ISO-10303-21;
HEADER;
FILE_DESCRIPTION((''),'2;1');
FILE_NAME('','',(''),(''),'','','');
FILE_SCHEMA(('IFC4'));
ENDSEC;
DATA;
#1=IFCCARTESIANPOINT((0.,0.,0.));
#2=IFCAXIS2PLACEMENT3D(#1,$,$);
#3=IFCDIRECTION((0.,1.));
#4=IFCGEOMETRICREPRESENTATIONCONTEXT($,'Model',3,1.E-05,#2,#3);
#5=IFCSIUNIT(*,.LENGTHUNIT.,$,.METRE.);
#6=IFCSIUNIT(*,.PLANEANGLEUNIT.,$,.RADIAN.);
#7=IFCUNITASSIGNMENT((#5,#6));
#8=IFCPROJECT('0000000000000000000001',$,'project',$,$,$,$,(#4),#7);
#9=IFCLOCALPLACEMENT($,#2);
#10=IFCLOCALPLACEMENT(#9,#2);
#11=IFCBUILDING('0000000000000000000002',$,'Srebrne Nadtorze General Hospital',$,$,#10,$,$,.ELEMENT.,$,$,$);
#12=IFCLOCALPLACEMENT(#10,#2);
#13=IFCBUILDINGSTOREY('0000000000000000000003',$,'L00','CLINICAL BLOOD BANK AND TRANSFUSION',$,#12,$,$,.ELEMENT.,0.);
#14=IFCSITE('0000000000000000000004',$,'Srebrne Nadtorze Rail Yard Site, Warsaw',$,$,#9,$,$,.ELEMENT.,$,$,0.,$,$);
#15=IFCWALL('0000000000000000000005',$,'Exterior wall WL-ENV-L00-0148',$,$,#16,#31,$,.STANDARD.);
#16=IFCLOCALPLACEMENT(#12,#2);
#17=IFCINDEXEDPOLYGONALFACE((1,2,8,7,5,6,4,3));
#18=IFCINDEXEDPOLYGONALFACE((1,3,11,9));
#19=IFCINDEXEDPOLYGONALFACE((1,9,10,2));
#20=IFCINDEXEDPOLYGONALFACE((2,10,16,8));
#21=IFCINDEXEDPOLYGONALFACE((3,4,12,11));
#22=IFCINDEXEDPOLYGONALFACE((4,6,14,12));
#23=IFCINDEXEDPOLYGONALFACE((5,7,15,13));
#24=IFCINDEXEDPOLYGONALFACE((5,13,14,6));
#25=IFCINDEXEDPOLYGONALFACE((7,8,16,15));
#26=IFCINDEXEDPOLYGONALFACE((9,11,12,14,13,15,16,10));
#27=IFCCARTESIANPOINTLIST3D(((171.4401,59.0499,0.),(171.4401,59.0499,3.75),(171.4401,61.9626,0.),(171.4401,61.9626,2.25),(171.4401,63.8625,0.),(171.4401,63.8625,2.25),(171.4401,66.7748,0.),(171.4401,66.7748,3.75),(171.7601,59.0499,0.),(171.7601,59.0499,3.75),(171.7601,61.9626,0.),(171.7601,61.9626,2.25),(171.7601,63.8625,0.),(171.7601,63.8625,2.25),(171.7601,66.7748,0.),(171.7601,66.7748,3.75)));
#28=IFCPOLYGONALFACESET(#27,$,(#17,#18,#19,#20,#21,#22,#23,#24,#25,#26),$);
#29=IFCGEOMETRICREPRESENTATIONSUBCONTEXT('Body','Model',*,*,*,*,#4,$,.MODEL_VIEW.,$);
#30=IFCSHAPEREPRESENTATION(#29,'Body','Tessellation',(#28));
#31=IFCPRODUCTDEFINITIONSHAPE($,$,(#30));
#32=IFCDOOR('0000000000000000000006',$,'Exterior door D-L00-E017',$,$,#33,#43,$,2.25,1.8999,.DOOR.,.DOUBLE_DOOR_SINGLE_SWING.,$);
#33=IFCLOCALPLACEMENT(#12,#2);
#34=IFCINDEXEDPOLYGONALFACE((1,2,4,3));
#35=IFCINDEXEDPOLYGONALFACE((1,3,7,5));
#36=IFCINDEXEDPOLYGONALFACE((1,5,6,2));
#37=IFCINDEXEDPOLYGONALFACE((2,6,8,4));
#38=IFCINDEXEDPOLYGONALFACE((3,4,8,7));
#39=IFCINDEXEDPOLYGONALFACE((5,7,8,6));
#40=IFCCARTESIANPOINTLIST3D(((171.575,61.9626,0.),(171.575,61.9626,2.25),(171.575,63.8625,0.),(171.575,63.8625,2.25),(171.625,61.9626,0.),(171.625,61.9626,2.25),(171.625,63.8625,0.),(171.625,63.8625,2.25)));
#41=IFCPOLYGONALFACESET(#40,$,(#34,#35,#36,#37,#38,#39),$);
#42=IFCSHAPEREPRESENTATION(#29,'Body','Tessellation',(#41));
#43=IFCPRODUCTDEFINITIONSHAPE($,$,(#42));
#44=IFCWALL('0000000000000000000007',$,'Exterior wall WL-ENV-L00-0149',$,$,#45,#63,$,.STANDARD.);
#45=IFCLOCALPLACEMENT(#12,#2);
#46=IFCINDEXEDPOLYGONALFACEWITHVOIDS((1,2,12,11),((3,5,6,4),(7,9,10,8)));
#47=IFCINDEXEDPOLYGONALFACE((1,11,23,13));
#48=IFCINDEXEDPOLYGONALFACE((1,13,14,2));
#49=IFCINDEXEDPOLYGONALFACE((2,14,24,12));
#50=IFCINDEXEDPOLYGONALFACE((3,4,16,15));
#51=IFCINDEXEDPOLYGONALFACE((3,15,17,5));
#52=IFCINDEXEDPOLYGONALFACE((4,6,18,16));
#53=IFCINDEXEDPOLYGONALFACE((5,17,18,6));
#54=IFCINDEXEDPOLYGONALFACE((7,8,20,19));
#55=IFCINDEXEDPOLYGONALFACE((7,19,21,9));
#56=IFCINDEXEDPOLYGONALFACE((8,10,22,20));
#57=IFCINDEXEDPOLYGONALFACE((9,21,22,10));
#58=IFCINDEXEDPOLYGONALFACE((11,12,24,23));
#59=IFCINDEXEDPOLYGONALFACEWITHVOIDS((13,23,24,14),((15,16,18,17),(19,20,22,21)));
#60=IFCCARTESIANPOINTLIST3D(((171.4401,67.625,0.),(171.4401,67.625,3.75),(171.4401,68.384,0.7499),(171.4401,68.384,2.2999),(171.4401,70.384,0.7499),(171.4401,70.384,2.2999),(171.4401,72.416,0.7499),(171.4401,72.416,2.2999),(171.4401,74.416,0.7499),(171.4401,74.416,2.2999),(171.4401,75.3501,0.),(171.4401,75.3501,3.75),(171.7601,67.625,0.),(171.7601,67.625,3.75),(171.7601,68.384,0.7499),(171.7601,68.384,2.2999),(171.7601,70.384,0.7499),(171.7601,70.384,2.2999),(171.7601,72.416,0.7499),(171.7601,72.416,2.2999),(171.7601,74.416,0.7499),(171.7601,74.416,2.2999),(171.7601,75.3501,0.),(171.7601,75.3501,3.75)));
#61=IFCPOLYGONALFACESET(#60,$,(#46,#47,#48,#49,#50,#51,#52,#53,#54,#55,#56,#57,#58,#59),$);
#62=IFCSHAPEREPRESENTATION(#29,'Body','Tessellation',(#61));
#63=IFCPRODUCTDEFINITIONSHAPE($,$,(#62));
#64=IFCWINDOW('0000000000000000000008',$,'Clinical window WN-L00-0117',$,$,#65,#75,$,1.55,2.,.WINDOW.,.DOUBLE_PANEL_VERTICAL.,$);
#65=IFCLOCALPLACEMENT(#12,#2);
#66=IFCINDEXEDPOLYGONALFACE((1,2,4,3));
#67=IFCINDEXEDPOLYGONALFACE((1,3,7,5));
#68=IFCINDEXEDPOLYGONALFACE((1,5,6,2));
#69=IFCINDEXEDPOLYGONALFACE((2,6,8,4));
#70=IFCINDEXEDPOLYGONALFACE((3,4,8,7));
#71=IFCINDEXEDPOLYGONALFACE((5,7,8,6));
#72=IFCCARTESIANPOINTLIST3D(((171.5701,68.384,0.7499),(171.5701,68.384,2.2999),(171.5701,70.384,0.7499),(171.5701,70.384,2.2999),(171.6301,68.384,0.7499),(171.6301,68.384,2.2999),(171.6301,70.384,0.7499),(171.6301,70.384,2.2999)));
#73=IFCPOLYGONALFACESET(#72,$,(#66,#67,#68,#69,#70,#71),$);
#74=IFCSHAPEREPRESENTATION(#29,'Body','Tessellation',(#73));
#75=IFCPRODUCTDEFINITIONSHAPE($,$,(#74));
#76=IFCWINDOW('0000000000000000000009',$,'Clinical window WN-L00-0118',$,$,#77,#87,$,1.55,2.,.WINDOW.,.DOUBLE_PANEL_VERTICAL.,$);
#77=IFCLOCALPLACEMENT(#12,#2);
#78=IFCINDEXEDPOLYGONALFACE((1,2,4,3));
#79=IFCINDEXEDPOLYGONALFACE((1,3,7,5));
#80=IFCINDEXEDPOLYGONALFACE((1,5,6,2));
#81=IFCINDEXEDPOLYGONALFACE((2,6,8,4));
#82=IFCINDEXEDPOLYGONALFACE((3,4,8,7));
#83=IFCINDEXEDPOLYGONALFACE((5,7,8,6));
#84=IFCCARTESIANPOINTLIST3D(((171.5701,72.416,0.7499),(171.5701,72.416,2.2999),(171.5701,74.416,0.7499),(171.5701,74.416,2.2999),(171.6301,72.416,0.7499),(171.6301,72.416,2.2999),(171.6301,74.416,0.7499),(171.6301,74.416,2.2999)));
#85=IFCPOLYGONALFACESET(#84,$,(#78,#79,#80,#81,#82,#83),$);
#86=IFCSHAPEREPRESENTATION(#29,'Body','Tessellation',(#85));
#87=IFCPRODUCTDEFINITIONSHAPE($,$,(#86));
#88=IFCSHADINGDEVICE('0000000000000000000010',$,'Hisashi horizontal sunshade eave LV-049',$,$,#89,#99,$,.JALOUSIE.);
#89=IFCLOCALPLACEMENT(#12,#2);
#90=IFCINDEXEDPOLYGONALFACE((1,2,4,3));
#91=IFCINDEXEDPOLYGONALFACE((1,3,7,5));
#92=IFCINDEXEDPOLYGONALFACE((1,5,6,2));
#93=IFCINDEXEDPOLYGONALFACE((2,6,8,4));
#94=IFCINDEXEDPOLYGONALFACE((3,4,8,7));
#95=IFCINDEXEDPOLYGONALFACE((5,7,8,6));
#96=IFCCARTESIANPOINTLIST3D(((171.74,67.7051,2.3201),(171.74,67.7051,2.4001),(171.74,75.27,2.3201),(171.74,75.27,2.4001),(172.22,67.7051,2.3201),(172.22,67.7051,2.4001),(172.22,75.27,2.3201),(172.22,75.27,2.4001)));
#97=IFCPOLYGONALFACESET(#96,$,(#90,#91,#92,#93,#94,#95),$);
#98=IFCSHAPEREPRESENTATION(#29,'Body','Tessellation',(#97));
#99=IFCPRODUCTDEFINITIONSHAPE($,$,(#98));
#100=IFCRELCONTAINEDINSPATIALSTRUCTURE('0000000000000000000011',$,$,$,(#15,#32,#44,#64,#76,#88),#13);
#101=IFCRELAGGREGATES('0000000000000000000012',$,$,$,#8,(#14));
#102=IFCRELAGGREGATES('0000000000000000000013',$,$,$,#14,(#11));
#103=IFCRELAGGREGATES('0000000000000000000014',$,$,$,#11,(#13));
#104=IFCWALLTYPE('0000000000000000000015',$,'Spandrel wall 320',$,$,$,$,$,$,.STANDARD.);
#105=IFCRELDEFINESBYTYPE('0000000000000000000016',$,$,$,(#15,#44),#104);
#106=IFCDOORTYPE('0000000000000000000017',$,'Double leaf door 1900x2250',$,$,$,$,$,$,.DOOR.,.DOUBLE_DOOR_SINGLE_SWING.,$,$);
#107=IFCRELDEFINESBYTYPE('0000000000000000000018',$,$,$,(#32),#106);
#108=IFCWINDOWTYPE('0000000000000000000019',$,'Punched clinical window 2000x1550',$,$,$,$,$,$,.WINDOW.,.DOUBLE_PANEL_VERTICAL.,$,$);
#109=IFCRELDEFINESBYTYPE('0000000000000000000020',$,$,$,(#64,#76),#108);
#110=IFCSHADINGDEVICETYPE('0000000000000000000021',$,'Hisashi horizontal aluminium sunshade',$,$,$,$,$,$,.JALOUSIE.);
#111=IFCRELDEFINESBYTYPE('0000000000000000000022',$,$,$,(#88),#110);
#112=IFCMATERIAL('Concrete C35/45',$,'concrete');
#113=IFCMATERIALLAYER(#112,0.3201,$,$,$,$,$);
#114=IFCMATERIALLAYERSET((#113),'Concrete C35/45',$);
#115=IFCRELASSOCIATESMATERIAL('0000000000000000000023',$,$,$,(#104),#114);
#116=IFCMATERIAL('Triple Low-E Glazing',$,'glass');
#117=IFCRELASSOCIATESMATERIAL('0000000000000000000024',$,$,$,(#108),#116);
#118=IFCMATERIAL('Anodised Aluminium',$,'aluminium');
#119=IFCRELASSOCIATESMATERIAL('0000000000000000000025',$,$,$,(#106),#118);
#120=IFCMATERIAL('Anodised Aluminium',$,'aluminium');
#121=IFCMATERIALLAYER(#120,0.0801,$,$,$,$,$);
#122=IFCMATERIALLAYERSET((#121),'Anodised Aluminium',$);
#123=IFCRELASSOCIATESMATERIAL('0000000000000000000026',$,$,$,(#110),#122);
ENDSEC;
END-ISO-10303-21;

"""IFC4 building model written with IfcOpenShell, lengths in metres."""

from ifc_helpers import new_model, si_unit, direction, frame, frame_2d, origin, origin_2d, place, context, subcontext, project, spatial, rectangle, extrude, material, layer, layer_set, type_object, element, fill, save


model = new_model("IFC4")

# Units and contexts
model_context = context("Model", 3, precision=1e-05, world=origin(), true_north=direction((0.0, 1.0)))
body_context = subcontext(model_context, "Body", "Model", "MODEL_VIEW")
ifc_project = project(units=[si_unit("LENGTHUNIT", "METRE"), si_unit("PLANEANGLEUNIT", "RADIAN")], contexts=[model_context])

# Site, building, storey
site_placement = place(None, origin())
site = spatial("IfcSite", under=ifc_project, at=site_placement, Name="Srebrne Nadtorze Rail Yard Site, Warsaw", CompositionType="ELEMENT", RefElevation=0.0)
building_placement = place(site_placement, origin())
building = spatial("IfcBuilding", under=site, at=building_placement, Name="Srebrne Nadtorze General Hospital", CompositionType="ELEMENT")
storey_placement = place(building_placement, origin())
storey = spatial("IfcBuildingStorey", under=building, at=storey_placement, Name="L00", Description="CLINICAL BLOOD BANK AND TRANSFUSION", CompositionType="ELEMENT", Elevation=0.0)

# Shared definitions
ifc_material_1 = material(Name="Concrete C35/45", Category="concrete")
ifc_layer_1 = layer(ifc_material_1, 0.3201)
ifc_layer_set_1 = layer_set([ifc_layer_1], Name="Concrete C35/45")
wall_type = type_object("IfcWallType", Name="Spandrel wall 320", PredefinedType="STANDARD", material=ifc_layer_set_1)
ifc_material_2 = material(Name="Triple Low-E Glazing", Category="glass")
window_type = type_object("IfcWindowType", Name="Punched clinical window 2000x1550", PartitioningType="DOUBLE_PANEL_VERTICAL", PredefinedType="WINDOW", material=ifc_material_2)

# Wall, opening, door
wall_1_placement = place(storey_placement, frame((171.6001, 59.05, 0.0), z_axis=(0.0, 0.0, 1.0), x_axis=(0.0, 1.0, 0.0)))
wall_1 = element("IfcWall", 1, at=wall_1_placement, inside=storey, type_object=wall_type, Name="Exterior wall WL-ENV-L00-0148", PredefinedType="STANDARD", context=body_context, shape_type="SweptSolid", body=[
    extrude(rectangle(XDim=7.7249, YDim=0.3201, at=frame_2d((3.8623, 0.0))), origin(), (0.0, 0.0, 1.0), 3.75),
])
opening_1_placement = place(wall_1_placement, frame((2.9126, 0.0, 0.0)))
opening_1 = element("IfcOpeningElement", 2, at=opening_1_placement, cuts=wall_1, PredefinedType="OPENING", context=body_context, shape_type="SweptSolid", body=[
    extrude(rectangle(XDim=1.8999, YDim=2.25, at=frame_2d((0.95, 1.125))), frame((0.0, 0.1719, 0.0), z_axis=(0.0, -1.0, 0.0), x_axis=(1.0, 0.0, 0.0)), (0.0, 0.0, 1.0), 0.344),
])
ifc_material_3 = material(Name="Anodised Aluminium", Category="aluminium")
door_type = type_object("IfcDoorType", Name="Double leaf door 1900x2250", OperationType="DOUBLE_DOOR_SINGLE_SWING", PredefinedType="DOOR", material=ifc_material_3)
door_placement = place(opening_1_placement, frame((1.8999, 0.0, 0.0), z_axis=(0.0, 0.0, 1.0), x_axis=(-1.0, 0.0, 0.0)))
door = element("IfcDoor", 3, at=door_placement, inside=storey, type_object=door_type, Name="Exterior door D-L00-E017", OperationType="DOUBLE_DOOR_SINGLE_SWING", OverallHeight=2.25, OverallWidth=1.8999, PredefinedType="DOOR", context=body_context, shape_type="SweptSolid", body=[
    extrude(rectangle(XDim=1.8999, YDim=2.25, at=frame_2d((0.95, 1.125))), frame((0.0, 0.0249, 0.0), z_axis=(0.0, -1.0, 0.0), x_axis=(1.0, 0.0, 0.0)), (0.0, 0.0, 1.0), 0.05),
])
fill(opening_1, door)

# Wall, openings, windows
wall_2_placement = place(storey_placement, frame((171.6001, 67.625, 0.0), z_axis=(0.0, 0.0, 1.0), x_axis=(0.0, 1.0, 0.0)))
wall_2 = element("IfcWall", 4, at=wall_2_placement, inside=storey, type_object=wall_type, Name="Exterior wall WL-ENV-L00-0149", PredefinedType="STANDARD", context=body_context, shape_type="SweptSolid", body=[
    extrude(rectangle(XDim=7.7251, YDim=0.3201, at=frame_2d((3.8625, 0.0))), origin(), (0.0, 0.0, 1.0), 3.75),
])
opening_2_placement = place(wall_2_placement, frame((0.759, 0.0, 0.75)))
opening_2 = element("IfcOpeningElement", 5, at=opening_2_placement, cuts=wall_2, PredefinedType="OPENING", context=body_context, shape_type="SweptSolid", body=[
    extrude(rectangle(XDim=2.0, YDim=1.55, at=frame_2d((1.0, 0.7749))), frame((0.0, 0.1719, 0.0), z_axis=(0.0, -1.0, 0.0), x_axis=(1.0, 0.0, 0.0)), (0.0, 0.0, 1.0), 0.344),
])
opening_3_placement = place(wall_2_placement, frame((4.791, 0.0, 0.75)))
opening_3 = element("IfcOpeningElement", 6, at=opening_3_placement, cuts=wall_2, PredefinedType="OPENING", context=body_context, shape_type="SweptSolid", body=[
    extrude(rectangle(XDim=2.0, YDim=1.55, at=frame_2d((1.0, 0.7749))), frame((0.0, 0.1719, 0.0), z_axis=(0.0, -1.0, 0.0), x_axis=(1.0, 0.0, 0.0)), (0.0, 0.0, 1.0), 0.344),
])
window_1_placement = place(opening_2_placement, origin())
window_1 = element("IfcWindow", 7, at=window_1_placement, inside=storey, type_object=window_type, Name="Clinical window WN-L00-0117", OverallHeight=1.55, OverallWidth=2.0, PartitioningType="DOUBLE_PANEL_VERTICAL", PredefinedType="WINDOW", context=body_context, shape_type="SweptSolid", body=[
    extrude(rectangle(XDim=2.0, YDim=1.55, at=frame_2d((1.0, 0.7749))), frame((0.0, 0.03, 0.0), z_axis=(0.0, -1.0, 0.0), x_axis=(1.0, 0.0, 0.0)), (0.0, 0.0, 1.0), 0.0601),
])
fill(opening_2, window_1)
window_2_placement = place(opening_3_placement, origin())
window_2 = element("IfcWindow", 8, at=window_2_placement, inside=storey, type_object=window_type, Name="Clinical window WN-L00-0118", OverallHeight=1.55, OverallWidth=2.0, PartitioningType="DOUBLE_PANEL_VERTICAL", PredefinedType="WINDOW", context=body_context, shape_type="SweptSolid", body=[
    extrude(rectangle(XDim=2.0, YDim=1.55, at=frame_2d((1.0, 0.7749))), frame((0.0, 0.03, 0.0), z_axis=(0.0, -1.0, 0.0), x_axis=(1.0, 0.0, 0.0)), (0.0, 0.0, 1.0), 0.0601),
])
fill(opening_3, window_2)

# Shading device
ifc_material_4 = material(Name="Anodised Aluminium", Category="aluminium")
ifc_layer_2 = layer(ifc_material_4, 0.0801)
ifc_layer_set_2 = layer_set([ifc_layer_2], Name="Anodised Aluminium")
shading_device_type = type_object("IfcShadingDeviceType", Name="Hisashi horizontal aluminium sunshade", PredefinedType="JALOUSIE", material=ifc_layer_set_2)
shading_device_placement = place(storey_placement, frame((171.98, 71.4875, 2.3201), z_axis=(0.0, 0.0, 1.0), x_axis=(1.0, 0.0, 0.0)))
element("IfcShadingDevice", 9, at=shading_device_placement, inside=storey, type_object=shading_device_type, Name="Hisashi horizontal sunshade eave LV-049", PredefinedType="JALOUSIE", context=body_context, shape_type="SweptSolid", body=[
    extrude(rectangle(XDim=0.48, YDim=7.5649, at=origin_2d()), origin(), (0.0, 0.0, 1.0), 0.0801),
])

save(model, "model.ifc")
